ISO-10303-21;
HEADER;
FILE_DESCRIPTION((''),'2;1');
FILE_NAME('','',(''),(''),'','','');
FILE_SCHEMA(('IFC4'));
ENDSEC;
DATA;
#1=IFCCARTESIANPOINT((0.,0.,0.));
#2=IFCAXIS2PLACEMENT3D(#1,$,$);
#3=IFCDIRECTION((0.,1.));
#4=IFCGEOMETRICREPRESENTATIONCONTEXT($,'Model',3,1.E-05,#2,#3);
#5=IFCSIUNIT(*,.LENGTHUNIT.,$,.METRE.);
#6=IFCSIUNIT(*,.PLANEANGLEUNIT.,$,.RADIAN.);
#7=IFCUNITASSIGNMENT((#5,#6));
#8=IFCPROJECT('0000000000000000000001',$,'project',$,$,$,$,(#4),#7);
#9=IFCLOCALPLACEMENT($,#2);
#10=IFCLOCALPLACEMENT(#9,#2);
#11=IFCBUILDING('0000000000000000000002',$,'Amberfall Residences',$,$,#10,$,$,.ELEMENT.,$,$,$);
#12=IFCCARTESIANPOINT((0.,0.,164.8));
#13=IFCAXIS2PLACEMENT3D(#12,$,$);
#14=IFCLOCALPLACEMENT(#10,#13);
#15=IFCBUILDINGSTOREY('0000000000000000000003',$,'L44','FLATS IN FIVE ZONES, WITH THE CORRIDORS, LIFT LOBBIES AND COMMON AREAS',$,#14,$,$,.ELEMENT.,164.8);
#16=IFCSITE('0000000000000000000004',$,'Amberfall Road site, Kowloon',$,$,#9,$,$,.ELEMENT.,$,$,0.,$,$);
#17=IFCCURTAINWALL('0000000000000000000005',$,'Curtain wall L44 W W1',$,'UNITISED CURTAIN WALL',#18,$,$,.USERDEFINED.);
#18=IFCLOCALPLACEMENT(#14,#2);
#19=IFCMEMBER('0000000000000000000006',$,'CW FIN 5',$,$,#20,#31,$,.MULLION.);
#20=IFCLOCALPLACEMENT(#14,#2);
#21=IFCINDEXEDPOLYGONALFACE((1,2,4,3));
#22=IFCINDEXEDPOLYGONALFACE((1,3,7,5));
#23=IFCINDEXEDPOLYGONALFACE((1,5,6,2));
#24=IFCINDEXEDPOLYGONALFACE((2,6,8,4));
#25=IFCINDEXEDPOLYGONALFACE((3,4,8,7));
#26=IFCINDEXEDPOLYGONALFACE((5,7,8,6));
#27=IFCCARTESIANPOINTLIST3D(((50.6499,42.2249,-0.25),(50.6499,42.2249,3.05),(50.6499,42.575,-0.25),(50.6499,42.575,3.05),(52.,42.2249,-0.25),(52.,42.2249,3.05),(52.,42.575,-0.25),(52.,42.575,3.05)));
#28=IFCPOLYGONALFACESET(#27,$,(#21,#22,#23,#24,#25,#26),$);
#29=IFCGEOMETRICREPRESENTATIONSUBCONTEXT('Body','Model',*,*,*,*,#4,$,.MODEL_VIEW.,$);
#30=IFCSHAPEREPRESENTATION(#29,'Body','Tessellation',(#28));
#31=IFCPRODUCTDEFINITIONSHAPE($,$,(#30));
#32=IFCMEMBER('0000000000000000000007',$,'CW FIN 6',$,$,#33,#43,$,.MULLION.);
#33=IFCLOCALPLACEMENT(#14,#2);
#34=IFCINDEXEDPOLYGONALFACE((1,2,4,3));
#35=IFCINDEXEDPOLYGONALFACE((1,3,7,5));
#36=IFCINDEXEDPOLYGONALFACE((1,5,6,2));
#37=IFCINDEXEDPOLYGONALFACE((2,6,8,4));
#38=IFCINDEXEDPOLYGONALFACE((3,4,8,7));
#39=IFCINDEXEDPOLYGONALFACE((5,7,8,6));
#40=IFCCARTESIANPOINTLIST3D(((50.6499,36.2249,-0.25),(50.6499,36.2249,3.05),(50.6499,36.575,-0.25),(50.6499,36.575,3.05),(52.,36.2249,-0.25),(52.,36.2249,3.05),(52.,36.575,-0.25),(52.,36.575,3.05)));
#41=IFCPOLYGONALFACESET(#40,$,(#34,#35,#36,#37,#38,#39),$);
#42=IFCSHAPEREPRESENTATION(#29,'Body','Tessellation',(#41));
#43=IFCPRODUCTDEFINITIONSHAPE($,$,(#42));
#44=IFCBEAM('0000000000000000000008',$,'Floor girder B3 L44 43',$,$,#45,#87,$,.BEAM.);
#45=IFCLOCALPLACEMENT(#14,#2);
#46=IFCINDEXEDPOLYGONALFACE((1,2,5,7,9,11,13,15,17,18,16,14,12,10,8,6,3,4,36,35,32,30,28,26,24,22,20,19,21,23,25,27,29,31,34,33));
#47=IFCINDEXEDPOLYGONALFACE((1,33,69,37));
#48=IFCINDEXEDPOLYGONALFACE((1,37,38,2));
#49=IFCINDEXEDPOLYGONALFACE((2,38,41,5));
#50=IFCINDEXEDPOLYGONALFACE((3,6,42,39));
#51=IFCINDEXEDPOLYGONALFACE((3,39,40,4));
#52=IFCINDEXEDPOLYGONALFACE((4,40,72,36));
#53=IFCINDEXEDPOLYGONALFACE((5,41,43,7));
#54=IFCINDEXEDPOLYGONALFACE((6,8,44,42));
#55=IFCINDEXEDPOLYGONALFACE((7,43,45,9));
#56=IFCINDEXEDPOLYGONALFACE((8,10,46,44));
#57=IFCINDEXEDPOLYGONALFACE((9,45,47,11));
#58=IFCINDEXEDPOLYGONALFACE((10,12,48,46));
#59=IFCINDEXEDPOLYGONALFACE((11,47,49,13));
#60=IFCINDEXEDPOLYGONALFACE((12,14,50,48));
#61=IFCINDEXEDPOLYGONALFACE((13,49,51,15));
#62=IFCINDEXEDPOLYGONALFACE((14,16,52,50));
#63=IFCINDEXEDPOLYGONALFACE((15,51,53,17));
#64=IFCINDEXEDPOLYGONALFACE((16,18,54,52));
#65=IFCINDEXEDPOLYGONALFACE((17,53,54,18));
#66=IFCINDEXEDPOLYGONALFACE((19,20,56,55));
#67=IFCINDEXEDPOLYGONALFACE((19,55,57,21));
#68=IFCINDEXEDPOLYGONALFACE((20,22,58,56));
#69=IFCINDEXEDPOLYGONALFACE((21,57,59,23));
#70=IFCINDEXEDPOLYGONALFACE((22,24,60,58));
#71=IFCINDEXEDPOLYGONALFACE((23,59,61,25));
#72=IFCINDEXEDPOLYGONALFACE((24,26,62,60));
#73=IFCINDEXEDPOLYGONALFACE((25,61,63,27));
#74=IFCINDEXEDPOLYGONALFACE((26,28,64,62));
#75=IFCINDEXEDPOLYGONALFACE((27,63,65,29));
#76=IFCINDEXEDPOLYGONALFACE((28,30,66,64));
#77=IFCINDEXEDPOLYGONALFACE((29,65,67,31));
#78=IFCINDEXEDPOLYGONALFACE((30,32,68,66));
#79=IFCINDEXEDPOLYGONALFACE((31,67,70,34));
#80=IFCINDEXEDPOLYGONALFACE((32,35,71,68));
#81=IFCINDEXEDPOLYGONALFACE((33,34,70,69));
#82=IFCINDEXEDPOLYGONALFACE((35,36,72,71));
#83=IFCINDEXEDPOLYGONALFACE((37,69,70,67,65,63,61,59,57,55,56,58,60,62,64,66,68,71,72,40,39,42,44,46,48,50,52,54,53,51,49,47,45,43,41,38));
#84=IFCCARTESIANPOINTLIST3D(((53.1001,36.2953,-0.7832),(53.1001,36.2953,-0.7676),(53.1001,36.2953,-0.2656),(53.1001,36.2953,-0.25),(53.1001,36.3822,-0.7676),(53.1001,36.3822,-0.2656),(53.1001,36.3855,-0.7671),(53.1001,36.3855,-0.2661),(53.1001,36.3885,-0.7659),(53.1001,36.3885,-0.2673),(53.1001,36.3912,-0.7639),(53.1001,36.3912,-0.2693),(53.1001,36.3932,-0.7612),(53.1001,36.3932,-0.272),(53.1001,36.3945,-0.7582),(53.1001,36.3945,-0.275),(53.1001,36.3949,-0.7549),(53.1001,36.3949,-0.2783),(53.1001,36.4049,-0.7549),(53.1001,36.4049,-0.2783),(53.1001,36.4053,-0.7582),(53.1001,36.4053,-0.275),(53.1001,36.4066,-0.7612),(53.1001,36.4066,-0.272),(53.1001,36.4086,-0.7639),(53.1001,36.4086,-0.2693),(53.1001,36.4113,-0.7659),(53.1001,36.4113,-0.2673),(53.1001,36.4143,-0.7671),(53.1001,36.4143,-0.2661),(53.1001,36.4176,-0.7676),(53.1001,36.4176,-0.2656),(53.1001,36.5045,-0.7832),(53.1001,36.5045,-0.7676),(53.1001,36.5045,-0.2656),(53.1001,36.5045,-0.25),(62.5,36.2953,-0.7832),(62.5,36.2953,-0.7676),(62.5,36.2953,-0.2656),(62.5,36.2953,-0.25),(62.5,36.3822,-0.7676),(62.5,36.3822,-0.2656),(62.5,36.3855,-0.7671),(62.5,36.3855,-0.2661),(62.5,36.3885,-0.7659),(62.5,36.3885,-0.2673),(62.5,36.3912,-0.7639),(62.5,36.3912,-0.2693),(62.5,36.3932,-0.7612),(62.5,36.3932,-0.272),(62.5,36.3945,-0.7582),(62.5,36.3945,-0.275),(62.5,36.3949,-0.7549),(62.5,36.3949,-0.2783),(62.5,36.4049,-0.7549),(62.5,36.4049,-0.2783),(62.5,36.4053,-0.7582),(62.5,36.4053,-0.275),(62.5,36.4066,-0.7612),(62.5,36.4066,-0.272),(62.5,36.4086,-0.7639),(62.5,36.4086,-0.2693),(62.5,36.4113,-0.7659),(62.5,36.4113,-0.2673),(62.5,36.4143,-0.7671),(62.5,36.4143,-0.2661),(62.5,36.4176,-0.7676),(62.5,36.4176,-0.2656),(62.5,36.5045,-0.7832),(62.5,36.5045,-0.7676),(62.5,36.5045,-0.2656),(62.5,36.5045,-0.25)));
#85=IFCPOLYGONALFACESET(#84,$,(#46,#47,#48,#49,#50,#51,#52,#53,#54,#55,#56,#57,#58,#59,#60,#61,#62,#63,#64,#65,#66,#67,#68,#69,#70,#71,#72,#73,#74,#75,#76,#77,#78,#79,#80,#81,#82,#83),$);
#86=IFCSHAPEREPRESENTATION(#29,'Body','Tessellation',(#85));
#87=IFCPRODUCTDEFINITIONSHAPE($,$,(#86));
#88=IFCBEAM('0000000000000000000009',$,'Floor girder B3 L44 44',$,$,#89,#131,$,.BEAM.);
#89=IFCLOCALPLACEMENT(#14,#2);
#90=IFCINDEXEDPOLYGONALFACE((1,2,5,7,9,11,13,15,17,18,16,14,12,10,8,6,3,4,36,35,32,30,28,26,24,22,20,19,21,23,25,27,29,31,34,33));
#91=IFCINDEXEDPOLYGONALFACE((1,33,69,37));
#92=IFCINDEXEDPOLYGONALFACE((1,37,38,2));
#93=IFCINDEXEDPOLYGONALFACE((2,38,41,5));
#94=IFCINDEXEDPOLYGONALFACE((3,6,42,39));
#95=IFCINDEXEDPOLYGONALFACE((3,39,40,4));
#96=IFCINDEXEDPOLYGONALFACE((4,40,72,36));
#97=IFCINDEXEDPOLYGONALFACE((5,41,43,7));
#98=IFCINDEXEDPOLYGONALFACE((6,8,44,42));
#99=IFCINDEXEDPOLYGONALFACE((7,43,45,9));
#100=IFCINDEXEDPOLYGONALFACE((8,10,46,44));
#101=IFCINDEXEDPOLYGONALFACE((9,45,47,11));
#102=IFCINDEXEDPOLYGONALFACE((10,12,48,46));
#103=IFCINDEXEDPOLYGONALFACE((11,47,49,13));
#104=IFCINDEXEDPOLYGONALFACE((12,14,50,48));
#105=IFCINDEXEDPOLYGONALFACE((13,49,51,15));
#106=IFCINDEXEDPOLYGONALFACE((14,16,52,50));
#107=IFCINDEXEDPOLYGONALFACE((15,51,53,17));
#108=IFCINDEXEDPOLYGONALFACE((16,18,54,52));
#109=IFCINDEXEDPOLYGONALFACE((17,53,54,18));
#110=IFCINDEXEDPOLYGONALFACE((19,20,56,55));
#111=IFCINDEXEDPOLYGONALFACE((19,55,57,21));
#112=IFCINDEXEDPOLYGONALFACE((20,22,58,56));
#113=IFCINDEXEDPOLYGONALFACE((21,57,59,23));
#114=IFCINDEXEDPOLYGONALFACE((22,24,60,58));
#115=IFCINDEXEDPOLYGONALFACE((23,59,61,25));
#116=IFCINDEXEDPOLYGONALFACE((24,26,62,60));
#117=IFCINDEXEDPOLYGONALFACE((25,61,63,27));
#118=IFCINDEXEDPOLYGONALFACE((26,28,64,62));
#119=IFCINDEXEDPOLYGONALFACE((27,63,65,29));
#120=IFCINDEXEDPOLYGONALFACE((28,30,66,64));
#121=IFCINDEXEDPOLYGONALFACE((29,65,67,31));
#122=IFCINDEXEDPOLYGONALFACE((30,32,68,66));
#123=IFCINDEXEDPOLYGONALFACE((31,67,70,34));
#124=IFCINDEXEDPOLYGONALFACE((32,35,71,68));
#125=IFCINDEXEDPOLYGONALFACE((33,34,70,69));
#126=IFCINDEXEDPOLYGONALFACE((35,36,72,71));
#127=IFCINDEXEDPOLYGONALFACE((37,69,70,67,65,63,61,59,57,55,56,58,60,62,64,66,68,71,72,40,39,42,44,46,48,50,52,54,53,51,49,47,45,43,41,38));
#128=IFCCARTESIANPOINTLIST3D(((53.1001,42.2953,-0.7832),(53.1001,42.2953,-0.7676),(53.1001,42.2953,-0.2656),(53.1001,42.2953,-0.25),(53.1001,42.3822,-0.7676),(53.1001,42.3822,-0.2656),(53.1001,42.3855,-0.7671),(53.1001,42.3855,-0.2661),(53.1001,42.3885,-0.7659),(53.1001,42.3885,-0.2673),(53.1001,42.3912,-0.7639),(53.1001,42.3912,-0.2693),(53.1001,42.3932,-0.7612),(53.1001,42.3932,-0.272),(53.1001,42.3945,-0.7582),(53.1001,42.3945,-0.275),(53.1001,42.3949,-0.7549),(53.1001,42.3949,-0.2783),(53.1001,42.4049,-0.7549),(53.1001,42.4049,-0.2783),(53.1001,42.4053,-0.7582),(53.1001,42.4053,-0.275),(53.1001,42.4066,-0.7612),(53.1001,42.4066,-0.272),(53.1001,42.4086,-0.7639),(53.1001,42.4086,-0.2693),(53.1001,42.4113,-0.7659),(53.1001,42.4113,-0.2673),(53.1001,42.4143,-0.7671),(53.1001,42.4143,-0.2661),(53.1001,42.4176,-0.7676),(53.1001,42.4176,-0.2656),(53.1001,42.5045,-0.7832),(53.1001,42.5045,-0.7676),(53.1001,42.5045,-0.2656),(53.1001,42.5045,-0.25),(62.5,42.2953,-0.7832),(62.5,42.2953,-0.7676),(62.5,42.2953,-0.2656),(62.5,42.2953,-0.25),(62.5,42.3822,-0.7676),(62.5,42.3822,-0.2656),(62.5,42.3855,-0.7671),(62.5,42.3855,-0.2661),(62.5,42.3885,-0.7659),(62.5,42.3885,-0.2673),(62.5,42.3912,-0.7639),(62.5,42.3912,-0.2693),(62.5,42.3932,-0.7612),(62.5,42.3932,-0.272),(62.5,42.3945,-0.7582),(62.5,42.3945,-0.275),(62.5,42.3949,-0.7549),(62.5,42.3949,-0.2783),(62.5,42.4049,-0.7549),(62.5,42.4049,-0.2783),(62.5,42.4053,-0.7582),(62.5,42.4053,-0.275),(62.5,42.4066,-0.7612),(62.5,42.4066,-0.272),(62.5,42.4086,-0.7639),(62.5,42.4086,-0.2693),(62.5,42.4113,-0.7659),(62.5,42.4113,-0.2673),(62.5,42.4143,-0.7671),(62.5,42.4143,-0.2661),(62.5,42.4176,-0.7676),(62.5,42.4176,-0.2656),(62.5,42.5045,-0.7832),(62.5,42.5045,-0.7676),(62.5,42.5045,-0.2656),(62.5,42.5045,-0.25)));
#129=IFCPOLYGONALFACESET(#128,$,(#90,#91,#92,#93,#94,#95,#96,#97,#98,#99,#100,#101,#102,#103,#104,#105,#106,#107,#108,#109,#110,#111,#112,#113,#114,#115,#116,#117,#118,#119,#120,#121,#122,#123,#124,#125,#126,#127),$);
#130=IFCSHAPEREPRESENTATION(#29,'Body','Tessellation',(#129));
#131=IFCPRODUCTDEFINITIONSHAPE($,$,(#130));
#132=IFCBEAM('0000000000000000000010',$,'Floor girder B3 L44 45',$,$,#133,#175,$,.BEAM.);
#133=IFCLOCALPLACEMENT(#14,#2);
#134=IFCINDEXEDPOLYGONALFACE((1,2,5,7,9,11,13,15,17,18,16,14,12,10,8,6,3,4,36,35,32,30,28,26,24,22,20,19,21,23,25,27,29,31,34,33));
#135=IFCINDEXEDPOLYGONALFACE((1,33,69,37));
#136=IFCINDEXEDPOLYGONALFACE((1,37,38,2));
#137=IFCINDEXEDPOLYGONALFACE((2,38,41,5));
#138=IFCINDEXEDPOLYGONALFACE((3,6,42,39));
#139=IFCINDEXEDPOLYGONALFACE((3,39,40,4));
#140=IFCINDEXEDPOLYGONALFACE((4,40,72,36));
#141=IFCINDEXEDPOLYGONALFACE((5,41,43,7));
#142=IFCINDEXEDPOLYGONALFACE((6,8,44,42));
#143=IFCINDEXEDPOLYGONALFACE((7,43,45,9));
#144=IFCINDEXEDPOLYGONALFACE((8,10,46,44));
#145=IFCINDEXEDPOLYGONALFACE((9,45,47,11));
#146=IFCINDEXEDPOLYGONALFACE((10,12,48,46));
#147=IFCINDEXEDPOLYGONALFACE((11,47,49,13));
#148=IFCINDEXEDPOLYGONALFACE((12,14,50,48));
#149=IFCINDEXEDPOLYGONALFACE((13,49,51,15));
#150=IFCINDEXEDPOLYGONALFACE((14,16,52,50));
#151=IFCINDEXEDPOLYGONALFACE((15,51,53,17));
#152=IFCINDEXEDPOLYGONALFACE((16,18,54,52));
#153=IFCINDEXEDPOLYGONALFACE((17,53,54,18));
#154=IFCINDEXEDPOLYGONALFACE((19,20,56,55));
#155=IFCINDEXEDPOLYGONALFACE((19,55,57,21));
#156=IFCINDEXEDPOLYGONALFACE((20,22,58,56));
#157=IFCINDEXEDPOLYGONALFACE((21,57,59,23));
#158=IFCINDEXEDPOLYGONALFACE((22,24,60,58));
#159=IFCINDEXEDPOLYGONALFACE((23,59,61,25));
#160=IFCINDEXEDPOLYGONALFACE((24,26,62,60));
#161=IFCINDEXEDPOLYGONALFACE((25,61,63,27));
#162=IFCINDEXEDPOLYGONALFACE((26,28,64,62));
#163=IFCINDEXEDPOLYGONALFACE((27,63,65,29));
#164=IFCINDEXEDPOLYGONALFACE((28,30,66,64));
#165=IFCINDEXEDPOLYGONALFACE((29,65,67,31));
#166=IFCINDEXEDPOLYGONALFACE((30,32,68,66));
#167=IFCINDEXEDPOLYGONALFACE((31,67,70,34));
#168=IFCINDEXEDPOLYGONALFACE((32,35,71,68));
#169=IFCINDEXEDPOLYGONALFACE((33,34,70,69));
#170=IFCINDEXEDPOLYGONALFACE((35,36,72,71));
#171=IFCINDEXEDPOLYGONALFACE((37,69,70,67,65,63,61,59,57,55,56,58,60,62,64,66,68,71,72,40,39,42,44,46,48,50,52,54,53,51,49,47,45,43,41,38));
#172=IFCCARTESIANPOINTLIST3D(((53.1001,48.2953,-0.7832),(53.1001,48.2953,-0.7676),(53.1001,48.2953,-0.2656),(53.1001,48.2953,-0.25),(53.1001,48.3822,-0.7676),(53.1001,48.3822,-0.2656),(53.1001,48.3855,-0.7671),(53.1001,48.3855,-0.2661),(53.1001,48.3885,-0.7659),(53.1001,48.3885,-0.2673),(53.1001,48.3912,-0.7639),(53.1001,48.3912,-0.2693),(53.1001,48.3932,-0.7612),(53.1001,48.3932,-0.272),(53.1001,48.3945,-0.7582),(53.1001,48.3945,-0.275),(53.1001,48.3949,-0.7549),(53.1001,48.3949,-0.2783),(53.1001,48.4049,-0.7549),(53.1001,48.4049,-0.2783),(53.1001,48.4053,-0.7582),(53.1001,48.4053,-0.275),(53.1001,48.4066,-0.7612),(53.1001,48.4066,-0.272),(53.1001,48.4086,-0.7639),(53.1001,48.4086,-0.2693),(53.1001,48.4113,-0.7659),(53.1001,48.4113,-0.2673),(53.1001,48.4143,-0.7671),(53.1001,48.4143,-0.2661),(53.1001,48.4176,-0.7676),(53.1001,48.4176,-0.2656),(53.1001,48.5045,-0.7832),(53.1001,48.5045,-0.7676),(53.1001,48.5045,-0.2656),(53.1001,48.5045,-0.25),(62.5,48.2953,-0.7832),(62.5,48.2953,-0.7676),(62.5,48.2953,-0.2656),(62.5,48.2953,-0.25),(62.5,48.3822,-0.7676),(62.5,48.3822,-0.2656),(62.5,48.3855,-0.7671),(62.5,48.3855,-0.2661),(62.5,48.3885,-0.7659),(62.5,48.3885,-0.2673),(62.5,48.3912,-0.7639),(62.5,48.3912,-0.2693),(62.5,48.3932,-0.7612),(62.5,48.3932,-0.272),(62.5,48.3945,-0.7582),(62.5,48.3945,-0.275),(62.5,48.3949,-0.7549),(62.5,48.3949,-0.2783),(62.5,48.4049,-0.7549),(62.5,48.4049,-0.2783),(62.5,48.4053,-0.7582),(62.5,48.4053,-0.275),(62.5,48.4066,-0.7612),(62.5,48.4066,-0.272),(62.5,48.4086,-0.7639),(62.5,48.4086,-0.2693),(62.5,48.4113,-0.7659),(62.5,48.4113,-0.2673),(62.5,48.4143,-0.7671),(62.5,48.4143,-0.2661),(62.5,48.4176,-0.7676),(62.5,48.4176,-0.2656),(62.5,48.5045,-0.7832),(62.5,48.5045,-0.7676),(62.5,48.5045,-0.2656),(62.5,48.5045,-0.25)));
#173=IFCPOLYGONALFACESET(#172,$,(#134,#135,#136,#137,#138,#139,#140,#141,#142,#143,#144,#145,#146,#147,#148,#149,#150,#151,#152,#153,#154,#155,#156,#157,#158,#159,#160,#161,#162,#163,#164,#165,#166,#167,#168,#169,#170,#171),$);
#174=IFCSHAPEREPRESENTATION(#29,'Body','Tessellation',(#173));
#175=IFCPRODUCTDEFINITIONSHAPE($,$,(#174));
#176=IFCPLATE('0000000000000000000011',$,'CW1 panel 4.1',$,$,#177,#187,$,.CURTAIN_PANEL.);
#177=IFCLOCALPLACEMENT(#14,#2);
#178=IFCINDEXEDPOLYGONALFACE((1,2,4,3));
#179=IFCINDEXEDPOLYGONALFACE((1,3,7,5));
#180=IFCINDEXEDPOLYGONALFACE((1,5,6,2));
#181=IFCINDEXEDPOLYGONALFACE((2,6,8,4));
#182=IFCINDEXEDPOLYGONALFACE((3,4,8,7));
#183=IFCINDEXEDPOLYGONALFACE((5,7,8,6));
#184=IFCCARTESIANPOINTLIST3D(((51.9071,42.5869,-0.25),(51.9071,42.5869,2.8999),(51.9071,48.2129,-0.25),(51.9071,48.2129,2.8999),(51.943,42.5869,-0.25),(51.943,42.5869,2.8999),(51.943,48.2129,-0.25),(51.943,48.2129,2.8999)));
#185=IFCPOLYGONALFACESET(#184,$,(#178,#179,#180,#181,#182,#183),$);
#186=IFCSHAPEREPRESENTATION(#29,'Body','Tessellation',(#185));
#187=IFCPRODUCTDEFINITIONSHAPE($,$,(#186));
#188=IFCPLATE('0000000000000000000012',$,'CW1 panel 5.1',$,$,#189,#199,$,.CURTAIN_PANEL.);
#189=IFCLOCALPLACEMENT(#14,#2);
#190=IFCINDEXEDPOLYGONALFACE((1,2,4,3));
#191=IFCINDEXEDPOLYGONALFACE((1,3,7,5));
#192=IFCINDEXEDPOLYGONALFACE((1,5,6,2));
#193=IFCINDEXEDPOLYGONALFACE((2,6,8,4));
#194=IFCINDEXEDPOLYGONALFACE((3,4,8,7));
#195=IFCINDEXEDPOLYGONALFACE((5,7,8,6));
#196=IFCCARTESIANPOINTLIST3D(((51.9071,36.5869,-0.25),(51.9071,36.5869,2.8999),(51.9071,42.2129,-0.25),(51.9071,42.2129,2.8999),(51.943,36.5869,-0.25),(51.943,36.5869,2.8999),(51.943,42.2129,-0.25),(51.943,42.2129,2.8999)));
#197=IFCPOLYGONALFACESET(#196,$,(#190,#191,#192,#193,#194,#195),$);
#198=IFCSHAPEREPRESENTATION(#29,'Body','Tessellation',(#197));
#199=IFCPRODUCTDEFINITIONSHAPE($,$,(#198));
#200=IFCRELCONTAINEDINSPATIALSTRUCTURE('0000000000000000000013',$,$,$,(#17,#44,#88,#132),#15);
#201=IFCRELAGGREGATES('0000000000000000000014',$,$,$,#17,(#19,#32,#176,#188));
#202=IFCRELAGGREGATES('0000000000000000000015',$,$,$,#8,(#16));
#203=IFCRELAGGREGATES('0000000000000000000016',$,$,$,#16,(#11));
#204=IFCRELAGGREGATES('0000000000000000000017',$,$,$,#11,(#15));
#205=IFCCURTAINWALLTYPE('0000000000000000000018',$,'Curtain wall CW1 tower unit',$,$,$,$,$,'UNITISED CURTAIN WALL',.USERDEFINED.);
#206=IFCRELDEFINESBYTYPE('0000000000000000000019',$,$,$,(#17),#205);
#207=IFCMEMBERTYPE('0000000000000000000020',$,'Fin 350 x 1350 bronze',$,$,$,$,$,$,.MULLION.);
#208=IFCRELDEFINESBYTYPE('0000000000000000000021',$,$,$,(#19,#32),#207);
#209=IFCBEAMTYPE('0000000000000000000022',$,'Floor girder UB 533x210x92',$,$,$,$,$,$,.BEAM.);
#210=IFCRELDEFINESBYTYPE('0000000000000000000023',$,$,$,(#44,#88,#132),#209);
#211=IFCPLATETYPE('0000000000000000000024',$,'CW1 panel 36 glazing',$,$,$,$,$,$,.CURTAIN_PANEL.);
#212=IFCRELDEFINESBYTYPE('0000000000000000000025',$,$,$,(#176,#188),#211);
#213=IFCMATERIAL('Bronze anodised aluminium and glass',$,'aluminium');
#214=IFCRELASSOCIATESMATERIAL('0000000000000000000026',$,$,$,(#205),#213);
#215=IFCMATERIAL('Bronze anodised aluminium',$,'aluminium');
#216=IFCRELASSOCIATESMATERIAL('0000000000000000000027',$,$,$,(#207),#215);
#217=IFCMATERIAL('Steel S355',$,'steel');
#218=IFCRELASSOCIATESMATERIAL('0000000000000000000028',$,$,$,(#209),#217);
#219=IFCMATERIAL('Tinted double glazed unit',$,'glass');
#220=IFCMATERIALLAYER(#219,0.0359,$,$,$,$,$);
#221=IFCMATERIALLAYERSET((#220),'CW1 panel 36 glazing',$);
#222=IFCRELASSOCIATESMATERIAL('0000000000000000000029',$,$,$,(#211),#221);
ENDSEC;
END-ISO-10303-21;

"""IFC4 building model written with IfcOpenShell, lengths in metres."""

from ifc_helpers import new_model, si_unit, direction, frame, origin, origin_2d, place, context, subcontext, project, spatial, rectangle, i_section, extrude, material, layer, layer_set, material_profile, profile_set, type_object, element, aggregate, save


model = new_model("IFC4")

# Units and contexts
model_context = context("Model", 3, precision=1e-05, world=origin(), true_north=direction((0.0, 1.0)))
body_context = subcontext(model_context, "Body", "Model", "MODEL_VIEW")
ifc_project = project(units=[si_unit("LENGTHUNIT", "METRE"), si_unit("PLANEANGLEUNIT", "RADIAN")], contexts=[model_context])

# Site, building, storey
site_placement = place(None, origin())
site = spatial("IfcSite", under=ifc_project, at=site_placement, Name="Amberfall Road site, Kowloon", CompositionType="ELEMENT", RefElevation=0.0)
building_placement = place(site_placement, origin())
building = spatial("IfcBuilding", under=site, at=building_placement, Name="Amberfall Residences", CompositionType="ELEMENT")
storey_placement = place(building_placement, frame((0.0, 0.0, 164.8)))
storey = spatial("IfcBuildingStorey", under=building, at=storey_placement, Name="L44", Description="FLATS IN FIVE ZONES, WITH THE CORRIDORS, LIFT LOBBIES AND COMMON AREAS", CompositionType="ELEMENT", Elevation=164.8)

# Curtain wall
ifc_material_1 = material(Name="Bronze anodised aluminium and glass", Category="aluminium")
curtain_wall_type = type_object("IfcCurtainWallType", Name="Curtain wall CW1 tower unit", ElementType="UNITISED CURTAIN WALL", PredefinedType="USERDEFINED", material=ifc_material_1)
curtain_wall_placement = place(storey_placement, origin())
curtain_wall = element("IfcCurtainWall", 1, at=curtain_wall_placement, inside=storey, type_object=curtain_wall_type, Name="Curtain wall L44 W W1", ObjectType="UNITISED CURTAIN WALL", PredefinedType="USERDEFINED")
ifc_material_2 = material(Name="Bronze anodised aluminium", Category="aluminium")

# Shared definitions
ifc_material_3 = material(Name="Steel S355", Category="steel")

# Members
ifc_material_profile_1 = material_profile(ifc_material_2, rectangle(XDim=1.3501, YDim=0.3501, at=origin_2d()), Name="Fin 350 x 1350 bronze")
ifc_profile_set_1 = profile_set([ifc_material_profile_1], Name="Bronze anodised aluminium")
member_type_1 = type_object("IfcMemberType", Name="Fin 350 x 1350 bronze", PredefinedType="MULLION", material=ifc_profile_set_1)
member_1_placement = place(storey_placement, frame((51.325, 42.3999, -0.25), z_axis=(0.0, 0.0, 1.0), x_axis=(1.0, 0.0, 0.0)))
member_1 = element("IfcMember", 2, at=member_1_placement, type_object=member_type_1, Name="CW FIN 5", PredefinedType="MULLION", context=body_context, shape_type="SweptSolid", body=[
    extrude(rectangle(XDim=1.3501, YDim=0.3501, at=origin_2d()), origin(), (0.0, 0.0, 1.0), 3.3),
])
member_2_placement = place(storey_placement, frame((51.325, 36.3999, -0.25), z_axis=(0.0, 0.0, 1.0), x_axis=(1.0, 0.0, 0.0)))
member_2 = element("IfcMember", 3, at=member_2_placement, type_object=member_type_1, Name="CW FIN 6", PredefinedType="MULLION", context=body_context, shape_type="SweptSolid", body=[
    extrude(rectangle(XDim=1.3501, YDim=0.3501, at=origin_2d()), origin(), (0.0, 0.0, 1.0), 3.3),
])

# Beams
ifc_material_profile_2 = material_profile(ifc_material_3, i_section(OverallWidth=0.2092, OverallDepth=0.5332, WebThickness=0.01, FlangeThickness=0.0156, FilletRadius=0.0127, at=origin_2d()), Name="UB 533x210x92")
ifc_profile_set_2 = profile_set([ifc_material_profile_2], Name="Steel S355")
beam_type_1 = type_object("IfcBeamType", Name="Floor girder UB 533x210x92", PredefinedType="BEAM", material=ifc_profile_set_2)
for number, where, z_axis, x_axis, name in (
    (4, (53.1001, 36.3999, -0.5166), (1.0, 0.0, 0.0), (0.0, 1.0, 0.0), "Floor girder B3 L44 43"),
    (5, (53.1001, 42.3999, -0.5166), (1.0, 0.0, 0.0), (0.0, 1.0, 0.0), "Floor girder B3 L44 44"),
    (6, (53.1001, 48.3999, -0.5166), (1.0, 0.0, 0.0), (0.0, 1.0, 0.0), "Floor girder B3 L44 45"),
):
    element("IfcBeam", number, at=place(storey_placement, frame(where, z_axis=z_axis, x_axis=x_axis)), inside=storey, type_object=beam_type_1, Name=name, PredefinedType="BEAM", context=body_context, shape_type="SweptSolid", body=[
        extrude(i_section(OverallWidth=0.2092, OverallDepth=0.5332, WebThickness=0.01, FlangeThickness=0.0156, FilletRadius=0.0127, at=origin_2d()), origin(), (0.0, 0.0, 1.0), 9.3999),
    ])

# Plates
ifc_material_4 = material(Name="Tinted double glazed unit", Category="glass")
ifc_layer_1 = layer(ifc_material_4, 0.0359)
ifc_layer_set_1 = layer_set([ifc_layer_1], Name="CW1 panel 36 glazing")
plate_type = type_object("IfcPlateType", Name="CW1 panel 36 glazing", PredefinedType="CURTAIN_PANEL", material=ifc_layer_set_1)
plate_1_placement = place(storey_placement, frame((51.925, 45.3999, -0.25), z_axis=(0.0, 0.0, 1.0), x_axis=(0.0, -1.0, 0.0)))
plate_1 = element("IfcPlate", 7, at=plate_1_placement, type_object=plate_type, Name="CW1 panel 4.1", PredefinedType="CURTAIN_PANEL", context=body_context, shape_type="SweptSolid", body=[
    extrude(rectangle(XDim=5.626, YDim=0.0359, at=origin_2d()), origin(), (0.0, 0.0, 1.0), 3.1499),
])
plate_2_placement = place(storey_placement, frame((51.925, 39.3999, -0.25), z_axis=(0.0, 0.0, 1.0), x_axis=(0.0, -1.0, 0.0)))
plate_2 = element("IfcPlate", 8, at=plate_2_placement, type_object=plate_type, Name="CW1 panel 5.1", PredefinedType="CURTAIN_PANEL", context=body_context, shape_type="SweptSolid", body=[
    extrude(rectangle(XDim=5.626, YDim=0.0359, at=origin_2d()), origin(), (0.0, 0.0, 1.0), 3.1499),
])
aggregate(curtain_wall, [member_1, member_2, plate_1, plate_2])

save(model, "model.ifc")
